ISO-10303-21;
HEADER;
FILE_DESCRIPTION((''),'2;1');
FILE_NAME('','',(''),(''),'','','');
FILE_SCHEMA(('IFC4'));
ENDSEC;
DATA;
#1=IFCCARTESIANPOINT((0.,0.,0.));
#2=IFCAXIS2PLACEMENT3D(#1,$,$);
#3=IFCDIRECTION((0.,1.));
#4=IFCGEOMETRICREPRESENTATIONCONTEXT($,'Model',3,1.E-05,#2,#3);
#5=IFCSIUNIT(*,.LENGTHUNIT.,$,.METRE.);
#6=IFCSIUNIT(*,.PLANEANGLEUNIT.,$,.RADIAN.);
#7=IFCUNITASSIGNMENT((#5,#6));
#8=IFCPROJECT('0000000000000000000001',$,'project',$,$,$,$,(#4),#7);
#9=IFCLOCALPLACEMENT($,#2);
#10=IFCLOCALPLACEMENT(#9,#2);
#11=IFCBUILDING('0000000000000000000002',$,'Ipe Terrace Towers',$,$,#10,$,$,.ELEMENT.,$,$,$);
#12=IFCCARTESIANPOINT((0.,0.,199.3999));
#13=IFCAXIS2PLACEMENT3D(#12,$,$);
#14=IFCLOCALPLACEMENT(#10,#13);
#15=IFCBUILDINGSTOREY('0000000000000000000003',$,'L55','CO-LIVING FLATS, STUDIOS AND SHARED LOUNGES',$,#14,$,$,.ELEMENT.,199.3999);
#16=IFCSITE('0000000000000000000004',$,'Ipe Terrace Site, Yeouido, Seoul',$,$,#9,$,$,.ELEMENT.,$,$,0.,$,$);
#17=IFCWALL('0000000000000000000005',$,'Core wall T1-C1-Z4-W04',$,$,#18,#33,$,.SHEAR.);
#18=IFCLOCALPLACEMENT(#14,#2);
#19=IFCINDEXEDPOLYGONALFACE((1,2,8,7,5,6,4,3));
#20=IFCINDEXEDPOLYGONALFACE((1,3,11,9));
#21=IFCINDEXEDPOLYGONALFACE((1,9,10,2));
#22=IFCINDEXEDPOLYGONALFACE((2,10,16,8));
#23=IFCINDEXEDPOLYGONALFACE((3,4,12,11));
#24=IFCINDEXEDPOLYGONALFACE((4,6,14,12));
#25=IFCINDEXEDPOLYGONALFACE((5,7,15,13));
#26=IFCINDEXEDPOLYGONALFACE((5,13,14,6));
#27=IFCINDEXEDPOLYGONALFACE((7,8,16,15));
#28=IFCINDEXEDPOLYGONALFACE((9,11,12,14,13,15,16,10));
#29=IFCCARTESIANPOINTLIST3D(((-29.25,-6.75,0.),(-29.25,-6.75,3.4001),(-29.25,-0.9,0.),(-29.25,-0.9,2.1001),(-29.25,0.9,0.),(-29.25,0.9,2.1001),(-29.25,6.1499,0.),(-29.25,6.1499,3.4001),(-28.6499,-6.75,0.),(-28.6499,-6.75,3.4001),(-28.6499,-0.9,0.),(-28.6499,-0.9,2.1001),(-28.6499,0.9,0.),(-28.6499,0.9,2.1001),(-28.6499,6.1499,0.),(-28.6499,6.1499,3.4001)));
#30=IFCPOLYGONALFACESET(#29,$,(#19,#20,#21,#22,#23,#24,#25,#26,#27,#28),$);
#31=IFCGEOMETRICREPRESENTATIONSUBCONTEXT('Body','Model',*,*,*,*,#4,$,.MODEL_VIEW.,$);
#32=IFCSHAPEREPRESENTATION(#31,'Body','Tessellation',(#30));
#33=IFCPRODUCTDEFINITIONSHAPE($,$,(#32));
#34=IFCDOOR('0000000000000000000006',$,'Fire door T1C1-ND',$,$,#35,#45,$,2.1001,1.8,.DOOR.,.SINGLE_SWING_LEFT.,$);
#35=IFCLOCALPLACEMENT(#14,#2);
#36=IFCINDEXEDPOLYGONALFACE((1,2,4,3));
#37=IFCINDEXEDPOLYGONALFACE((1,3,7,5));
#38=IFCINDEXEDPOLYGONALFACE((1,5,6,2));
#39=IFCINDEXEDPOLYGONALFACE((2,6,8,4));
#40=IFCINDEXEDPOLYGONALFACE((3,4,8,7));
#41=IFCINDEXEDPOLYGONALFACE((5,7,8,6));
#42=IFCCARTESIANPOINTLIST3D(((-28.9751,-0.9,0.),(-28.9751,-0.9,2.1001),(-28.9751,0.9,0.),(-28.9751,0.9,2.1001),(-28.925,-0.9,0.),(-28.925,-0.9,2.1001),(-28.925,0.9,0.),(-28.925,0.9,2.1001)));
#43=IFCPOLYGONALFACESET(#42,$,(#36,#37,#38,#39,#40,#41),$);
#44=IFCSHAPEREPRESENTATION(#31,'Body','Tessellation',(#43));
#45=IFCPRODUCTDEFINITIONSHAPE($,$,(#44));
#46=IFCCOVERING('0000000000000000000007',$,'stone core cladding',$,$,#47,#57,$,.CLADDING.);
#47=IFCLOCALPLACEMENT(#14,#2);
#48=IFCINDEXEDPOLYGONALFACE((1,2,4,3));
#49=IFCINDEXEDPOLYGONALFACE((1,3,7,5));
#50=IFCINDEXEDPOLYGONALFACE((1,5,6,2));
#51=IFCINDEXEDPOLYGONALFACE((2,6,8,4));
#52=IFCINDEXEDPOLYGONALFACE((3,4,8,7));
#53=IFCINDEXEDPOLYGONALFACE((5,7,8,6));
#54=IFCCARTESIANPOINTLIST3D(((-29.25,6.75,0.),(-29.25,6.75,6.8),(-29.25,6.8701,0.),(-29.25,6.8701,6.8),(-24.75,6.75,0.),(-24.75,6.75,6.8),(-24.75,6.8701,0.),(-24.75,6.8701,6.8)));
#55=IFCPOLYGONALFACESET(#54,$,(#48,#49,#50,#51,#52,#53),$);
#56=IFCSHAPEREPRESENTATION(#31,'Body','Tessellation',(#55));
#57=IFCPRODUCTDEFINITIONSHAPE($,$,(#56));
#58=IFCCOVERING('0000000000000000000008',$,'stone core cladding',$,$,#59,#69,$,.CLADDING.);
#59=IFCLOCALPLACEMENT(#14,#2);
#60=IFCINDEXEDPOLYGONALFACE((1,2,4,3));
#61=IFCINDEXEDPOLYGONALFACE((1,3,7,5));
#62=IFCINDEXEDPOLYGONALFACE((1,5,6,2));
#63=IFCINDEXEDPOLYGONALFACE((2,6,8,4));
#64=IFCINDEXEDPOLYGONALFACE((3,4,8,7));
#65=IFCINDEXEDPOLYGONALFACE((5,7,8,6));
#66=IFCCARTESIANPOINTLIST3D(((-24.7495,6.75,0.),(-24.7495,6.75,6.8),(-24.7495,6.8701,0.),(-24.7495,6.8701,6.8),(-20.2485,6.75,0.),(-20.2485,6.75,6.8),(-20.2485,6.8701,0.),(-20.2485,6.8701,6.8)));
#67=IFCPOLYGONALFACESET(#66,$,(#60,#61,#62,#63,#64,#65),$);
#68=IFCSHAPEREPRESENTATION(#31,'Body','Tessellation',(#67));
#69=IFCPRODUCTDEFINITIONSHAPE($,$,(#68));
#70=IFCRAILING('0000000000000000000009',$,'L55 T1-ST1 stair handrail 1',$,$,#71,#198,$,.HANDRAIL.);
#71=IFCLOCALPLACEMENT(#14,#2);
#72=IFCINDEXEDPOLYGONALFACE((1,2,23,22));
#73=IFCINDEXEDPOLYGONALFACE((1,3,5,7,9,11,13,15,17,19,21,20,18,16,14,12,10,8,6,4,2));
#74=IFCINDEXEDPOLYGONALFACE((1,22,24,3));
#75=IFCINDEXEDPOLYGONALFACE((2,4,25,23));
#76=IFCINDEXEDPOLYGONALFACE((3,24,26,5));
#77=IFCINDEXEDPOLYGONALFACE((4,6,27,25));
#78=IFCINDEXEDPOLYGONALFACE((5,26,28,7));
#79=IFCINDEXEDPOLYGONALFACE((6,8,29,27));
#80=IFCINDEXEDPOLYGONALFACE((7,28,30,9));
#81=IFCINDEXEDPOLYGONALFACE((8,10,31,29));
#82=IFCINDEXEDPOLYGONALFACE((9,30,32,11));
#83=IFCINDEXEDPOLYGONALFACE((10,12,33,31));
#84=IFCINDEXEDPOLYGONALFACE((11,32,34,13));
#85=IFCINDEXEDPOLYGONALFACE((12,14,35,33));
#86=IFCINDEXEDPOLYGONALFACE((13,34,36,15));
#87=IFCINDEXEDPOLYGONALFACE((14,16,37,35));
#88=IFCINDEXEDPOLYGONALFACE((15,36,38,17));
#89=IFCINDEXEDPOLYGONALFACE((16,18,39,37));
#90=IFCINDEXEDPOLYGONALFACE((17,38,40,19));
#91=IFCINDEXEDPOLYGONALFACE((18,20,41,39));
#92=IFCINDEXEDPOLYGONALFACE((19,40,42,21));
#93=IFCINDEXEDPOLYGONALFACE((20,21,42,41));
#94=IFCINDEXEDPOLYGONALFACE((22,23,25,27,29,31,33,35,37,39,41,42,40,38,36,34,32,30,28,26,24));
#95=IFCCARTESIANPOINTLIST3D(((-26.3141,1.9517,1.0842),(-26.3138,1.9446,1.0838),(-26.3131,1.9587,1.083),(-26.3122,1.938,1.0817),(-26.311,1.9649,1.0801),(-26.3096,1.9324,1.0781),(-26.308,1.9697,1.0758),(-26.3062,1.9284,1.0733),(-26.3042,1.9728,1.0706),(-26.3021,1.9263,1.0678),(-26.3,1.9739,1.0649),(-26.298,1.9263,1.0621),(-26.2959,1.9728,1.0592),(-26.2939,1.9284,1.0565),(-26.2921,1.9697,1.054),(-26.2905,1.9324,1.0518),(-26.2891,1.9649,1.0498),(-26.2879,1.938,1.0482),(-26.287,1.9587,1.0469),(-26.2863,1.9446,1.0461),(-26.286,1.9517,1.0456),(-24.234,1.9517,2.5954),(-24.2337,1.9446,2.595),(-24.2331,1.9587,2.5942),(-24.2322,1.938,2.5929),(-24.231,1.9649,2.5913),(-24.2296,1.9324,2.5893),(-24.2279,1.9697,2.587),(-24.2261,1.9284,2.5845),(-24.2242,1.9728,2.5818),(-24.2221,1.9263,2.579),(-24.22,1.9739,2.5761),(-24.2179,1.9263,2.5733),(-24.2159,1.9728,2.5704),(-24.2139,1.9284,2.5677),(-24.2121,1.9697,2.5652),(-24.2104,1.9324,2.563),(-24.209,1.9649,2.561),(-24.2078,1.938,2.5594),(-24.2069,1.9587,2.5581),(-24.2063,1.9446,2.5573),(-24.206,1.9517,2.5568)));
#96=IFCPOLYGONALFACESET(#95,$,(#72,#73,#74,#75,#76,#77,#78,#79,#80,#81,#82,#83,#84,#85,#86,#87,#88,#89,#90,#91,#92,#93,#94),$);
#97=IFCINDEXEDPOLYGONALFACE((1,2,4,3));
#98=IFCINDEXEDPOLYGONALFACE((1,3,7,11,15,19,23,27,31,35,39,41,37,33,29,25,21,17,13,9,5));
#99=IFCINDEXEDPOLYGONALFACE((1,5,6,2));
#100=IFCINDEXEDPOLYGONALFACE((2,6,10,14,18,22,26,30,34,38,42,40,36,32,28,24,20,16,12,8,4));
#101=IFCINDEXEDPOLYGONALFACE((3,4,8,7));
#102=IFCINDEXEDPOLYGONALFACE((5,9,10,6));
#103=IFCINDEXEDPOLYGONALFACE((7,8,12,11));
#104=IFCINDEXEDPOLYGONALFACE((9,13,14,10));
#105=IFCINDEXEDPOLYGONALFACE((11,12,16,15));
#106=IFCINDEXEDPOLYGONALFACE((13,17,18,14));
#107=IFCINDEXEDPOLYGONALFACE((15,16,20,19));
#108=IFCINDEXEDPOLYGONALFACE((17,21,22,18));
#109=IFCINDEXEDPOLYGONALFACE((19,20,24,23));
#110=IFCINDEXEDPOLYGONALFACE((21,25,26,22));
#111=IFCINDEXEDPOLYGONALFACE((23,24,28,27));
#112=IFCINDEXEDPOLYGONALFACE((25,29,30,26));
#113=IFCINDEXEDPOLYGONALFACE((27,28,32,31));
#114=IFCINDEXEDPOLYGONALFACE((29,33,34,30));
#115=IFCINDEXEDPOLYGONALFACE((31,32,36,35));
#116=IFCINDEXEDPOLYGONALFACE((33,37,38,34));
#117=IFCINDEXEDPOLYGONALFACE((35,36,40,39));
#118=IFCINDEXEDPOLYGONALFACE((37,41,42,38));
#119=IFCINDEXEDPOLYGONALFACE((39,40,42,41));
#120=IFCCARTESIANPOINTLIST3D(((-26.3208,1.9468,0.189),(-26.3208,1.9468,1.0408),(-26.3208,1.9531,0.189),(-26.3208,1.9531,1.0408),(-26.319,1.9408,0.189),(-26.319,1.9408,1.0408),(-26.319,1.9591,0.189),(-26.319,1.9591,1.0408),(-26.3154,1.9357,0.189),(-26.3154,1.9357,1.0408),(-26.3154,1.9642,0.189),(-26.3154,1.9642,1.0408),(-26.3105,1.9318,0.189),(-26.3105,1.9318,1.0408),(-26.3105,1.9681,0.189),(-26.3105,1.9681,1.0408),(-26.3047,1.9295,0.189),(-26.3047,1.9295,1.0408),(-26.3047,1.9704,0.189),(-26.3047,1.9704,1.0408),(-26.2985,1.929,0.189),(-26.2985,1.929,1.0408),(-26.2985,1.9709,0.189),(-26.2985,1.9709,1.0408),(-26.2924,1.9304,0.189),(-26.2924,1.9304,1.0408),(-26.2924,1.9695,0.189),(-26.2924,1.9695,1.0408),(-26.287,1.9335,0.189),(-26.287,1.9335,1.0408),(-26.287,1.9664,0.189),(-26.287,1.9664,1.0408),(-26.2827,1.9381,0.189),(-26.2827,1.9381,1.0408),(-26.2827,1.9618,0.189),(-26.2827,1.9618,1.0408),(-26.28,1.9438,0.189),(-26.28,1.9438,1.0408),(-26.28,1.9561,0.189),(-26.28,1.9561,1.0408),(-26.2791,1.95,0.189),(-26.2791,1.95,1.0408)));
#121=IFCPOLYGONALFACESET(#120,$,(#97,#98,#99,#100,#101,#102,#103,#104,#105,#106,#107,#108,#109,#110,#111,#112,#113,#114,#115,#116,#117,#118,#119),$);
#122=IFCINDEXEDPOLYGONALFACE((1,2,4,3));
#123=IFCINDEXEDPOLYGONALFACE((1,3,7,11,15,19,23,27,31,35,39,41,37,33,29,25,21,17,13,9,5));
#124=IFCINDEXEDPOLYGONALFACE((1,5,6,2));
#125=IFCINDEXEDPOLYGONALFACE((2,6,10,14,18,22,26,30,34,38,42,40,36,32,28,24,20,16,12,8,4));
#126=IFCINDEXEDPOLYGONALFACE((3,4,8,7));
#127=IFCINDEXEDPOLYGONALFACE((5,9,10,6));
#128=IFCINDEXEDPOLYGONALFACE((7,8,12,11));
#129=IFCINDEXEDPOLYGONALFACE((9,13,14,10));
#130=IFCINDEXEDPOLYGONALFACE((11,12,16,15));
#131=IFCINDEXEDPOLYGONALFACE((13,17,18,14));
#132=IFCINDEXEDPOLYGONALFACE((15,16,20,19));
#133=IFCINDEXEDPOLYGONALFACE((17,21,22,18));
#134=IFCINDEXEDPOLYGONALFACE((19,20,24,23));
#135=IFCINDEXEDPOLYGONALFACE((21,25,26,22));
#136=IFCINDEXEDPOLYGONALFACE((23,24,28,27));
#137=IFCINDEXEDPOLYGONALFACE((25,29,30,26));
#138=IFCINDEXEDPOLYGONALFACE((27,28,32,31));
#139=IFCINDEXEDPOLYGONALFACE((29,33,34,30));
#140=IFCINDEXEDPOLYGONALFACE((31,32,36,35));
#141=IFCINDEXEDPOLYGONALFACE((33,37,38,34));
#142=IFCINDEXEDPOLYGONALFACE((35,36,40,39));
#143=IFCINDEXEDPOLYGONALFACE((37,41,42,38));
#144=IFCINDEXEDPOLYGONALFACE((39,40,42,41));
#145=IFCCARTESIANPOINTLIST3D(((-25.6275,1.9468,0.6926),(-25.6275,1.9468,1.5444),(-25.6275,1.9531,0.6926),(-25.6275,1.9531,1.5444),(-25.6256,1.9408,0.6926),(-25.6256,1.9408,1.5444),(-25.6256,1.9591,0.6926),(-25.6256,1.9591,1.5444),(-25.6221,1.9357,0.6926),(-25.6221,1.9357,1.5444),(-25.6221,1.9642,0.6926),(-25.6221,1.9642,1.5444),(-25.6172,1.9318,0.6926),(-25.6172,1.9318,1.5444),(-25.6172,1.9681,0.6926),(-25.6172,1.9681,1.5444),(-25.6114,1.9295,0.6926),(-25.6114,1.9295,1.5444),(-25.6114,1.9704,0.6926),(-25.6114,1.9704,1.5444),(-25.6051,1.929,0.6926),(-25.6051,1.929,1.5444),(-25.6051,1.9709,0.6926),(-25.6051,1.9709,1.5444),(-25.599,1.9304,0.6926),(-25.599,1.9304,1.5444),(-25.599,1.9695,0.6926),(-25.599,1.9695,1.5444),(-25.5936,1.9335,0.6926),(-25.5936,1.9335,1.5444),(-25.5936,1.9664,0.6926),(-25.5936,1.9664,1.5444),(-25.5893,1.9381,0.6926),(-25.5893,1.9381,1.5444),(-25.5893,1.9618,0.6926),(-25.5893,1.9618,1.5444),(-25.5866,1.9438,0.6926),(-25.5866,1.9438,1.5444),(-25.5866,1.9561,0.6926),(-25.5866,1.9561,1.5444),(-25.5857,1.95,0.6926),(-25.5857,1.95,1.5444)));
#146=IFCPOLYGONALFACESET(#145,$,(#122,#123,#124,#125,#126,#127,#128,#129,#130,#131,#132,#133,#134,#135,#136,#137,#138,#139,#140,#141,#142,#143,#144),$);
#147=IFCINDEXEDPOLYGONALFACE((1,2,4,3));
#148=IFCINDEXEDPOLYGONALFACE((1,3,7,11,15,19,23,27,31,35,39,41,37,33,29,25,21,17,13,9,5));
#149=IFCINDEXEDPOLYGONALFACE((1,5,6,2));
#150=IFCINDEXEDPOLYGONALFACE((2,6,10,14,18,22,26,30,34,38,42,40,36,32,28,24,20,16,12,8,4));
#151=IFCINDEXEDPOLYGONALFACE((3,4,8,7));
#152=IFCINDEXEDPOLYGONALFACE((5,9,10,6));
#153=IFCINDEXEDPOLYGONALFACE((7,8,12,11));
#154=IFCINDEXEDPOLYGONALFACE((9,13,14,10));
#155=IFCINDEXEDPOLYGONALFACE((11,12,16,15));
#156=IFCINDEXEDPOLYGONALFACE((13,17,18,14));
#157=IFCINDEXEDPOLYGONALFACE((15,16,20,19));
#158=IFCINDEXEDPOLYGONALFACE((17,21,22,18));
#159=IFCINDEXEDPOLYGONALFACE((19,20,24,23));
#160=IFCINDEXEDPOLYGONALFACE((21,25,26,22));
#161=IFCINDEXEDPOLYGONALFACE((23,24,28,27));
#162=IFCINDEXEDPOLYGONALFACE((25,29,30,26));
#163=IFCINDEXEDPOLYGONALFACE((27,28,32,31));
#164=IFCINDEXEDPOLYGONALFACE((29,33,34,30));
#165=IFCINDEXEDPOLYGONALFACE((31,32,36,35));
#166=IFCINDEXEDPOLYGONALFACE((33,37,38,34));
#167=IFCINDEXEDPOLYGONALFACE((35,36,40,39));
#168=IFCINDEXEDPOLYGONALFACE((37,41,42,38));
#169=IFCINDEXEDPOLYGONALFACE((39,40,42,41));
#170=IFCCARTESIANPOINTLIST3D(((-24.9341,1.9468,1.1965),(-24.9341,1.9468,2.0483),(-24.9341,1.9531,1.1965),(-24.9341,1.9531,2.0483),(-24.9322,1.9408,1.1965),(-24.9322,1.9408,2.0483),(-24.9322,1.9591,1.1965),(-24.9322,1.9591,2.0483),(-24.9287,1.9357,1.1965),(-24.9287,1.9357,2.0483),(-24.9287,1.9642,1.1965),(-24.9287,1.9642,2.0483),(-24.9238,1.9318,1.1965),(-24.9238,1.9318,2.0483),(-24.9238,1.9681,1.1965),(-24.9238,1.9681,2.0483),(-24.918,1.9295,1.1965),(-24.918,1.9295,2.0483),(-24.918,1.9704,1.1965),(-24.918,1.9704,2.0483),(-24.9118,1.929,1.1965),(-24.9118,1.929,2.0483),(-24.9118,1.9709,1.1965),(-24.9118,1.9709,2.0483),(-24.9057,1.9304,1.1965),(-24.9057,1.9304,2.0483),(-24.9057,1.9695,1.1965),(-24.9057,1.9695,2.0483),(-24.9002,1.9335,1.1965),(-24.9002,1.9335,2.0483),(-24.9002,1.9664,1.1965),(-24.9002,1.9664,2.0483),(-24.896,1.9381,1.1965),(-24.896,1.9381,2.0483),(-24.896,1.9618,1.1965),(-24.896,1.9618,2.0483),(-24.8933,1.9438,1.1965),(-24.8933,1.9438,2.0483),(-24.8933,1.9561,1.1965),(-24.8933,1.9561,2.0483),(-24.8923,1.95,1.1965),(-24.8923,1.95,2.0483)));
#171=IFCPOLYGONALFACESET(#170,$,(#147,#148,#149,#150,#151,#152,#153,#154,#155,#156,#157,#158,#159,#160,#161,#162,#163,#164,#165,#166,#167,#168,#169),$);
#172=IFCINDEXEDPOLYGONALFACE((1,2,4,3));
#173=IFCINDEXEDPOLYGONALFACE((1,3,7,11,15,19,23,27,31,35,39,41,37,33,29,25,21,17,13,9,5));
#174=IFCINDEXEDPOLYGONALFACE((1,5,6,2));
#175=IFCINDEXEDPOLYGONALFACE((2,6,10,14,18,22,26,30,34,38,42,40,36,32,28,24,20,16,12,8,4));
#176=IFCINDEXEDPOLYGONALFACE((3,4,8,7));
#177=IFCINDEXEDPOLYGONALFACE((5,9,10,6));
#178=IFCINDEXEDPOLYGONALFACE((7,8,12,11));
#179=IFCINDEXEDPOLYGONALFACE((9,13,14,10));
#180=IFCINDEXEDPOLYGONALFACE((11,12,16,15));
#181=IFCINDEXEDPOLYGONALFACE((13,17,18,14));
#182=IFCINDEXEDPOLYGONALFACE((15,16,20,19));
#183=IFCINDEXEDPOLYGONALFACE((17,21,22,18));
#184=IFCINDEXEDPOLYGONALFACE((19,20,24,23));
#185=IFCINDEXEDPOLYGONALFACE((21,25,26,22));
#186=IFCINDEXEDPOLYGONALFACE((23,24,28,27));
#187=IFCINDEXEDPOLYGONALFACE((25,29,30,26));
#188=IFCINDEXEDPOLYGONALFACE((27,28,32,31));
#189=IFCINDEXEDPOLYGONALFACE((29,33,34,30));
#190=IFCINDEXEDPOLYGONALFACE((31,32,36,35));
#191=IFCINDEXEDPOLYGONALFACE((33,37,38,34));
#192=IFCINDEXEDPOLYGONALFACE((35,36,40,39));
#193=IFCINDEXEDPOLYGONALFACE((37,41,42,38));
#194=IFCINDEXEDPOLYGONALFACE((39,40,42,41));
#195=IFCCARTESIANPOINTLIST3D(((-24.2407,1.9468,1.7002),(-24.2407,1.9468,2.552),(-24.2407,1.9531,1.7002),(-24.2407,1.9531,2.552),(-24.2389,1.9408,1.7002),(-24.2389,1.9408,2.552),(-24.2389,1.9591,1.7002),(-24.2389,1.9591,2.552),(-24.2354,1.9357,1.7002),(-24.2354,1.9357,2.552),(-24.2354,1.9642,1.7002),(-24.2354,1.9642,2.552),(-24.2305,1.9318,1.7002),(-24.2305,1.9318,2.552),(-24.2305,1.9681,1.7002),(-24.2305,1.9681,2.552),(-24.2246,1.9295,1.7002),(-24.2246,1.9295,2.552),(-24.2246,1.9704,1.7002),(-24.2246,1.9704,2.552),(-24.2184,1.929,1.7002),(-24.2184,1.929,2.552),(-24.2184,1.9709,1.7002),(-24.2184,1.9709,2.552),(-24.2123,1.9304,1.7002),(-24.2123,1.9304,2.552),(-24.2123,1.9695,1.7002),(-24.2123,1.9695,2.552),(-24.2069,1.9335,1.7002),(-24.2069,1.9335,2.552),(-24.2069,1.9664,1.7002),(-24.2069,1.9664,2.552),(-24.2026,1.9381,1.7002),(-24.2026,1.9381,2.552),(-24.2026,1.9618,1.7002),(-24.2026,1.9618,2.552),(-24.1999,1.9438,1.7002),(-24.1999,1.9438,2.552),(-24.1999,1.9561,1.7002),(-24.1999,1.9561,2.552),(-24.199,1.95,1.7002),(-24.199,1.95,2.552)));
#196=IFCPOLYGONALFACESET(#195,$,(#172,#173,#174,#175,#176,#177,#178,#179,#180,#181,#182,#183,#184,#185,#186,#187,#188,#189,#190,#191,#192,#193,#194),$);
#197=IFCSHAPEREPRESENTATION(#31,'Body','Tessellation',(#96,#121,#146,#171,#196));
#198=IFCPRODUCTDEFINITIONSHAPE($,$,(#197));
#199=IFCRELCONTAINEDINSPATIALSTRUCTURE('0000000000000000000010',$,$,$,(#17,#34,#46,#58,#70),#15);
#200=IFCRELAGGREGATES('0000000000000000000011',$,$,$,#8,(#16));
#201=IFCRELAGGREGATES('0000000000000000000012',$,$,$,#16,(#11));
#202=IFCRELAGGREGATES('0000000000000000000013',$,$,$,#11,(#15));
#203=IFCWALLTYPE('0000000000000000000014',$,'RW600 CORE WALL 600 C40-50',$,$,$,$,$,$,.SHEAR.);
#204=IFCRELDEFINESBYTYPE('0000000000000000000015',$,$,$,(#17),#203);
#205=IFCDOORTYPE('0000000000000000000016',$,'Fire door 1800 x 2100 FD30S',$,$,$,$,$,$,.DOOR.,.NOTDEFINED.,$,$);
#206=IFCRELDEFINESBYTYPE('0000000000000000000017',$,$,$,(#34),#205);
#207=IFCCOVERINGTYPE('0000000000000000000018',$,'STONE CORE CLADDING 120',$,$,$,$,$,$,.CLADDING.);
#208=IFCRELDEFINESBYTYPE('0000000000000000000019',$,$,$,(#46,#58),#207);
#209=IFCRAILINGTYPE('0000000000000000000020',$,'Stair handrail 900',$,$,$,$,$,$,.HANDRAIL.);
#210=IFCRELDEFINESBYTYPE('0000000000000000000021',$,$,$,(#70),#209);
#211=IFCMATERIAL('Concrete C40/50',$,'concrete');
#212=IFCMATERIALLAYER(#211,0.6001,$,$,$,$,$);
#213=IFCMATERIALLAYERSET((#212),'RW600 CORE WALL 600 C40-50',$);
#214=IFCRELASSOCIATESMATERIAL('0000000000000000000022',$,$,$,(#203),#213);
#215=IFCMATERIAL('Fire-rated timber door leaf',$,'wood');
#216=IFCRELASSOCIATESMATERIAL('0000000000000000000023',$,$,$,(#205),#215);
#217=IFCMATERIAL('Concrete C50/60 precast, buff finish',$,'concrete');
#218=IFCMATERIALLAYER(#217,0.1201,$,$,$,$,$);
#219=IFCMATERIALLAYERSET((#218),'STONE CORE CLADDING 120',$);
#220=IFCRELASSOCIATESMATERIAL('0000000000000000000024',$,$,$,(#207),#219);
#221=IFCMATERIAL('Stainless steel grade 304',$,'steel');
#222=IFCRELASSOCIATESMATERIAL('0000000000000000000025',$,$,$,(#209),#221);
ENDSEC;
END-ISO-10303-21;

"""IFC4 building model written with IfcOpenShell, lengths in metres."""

from ifc_helpers import new_model, si_unit, direction, frame, frame_2d, origin, origin_2d, place, context, subcontext, project, spatial, rectangle, circle, extrude, material, layer, layer_set, type_object, element, fill, save


model = new_model("IFC4")

# Units and contexts
model_context = context("Model", 3, precision=1e-05, world=origin(), true_north=direction((0.0, 1.0)))
body_context = subcontext(model_context, "Body", "Model", "MODEL_VIEW")
ifc_project = project(units=[si_unit("LENGTHUNIT", "METRE"), si_unit("PLANEANGLEUNIT", "RADIAN")], contexts=[model_context])

# Site, building, storey
site_placement = place(None, origin())
site = spatial("IfcSite", under=ifc_project, at=site_placement, Name="Ipe Terrace Site, Yeouido, Seoul", CompositionType="ELEMENT", RefElevation=0.0)
building_placement = place(site_placement, origin())
building = spatial("IfcBuilding", under=site, at=building_placement, Name="Ipe Terrace Towers", CompositionType="ELEMENT")
storey_placement = place(building_placement, frame((0.0, 0.0, 199.3999)))
storey = spatial("IfcBuildingStorey", under=building, at=storey_placement, Name="L55", Description="CO-LIVING FLATS, STUDIOS AND SHARED LOUNGES", CompositionType="ELEMENT", Elevation=199.3999)

# Wall, opening, door
ifc_material_1 = material(Name="Concrete C40/50", Category="concrete")
ifc_layer_1 = layer(ifc_material_1, 0.6001)
ifc_layer_set_1 = layer_set([ifc_layer_1], Name="RW600 CORE WALL 600 C40-50")
wall_type_1 = type_object("IfcWallType", Name="RW600 CORE WALL 600 C40-50", PredefinedType="SHEAR", material=ifc_layer_set_1)
wall_1_placement = place(storey_placement, frame((-28.95, 6.1499, 0.0), z_axis=(0.0, 0.0, 1.0), x_axis=(0.0, -1.0, 0.0)))
wall_1 = element("IfcWall", 1, at=wall_1_placement, inside=storey, type_object=wall_type_1, Name="Core wall T1-C1-Z4-W04", PredefinedType="SHEAR", context=body_context, shape_type="SweptSolid", body=[
    extrude(rectangle(XDim=12.8999, YDim=0.6001, at=frame_2d((6.45, 0.0))), origin(), (0.0, 0.0, 1.0), 3.4001),
])
opening_1_placement = place(wall_1_placement, frame((5.25, 0.0, 0.0)))
opening_1 = element("IfcOpeningElement", 2, at=opening_1_placement, cuts=wall_1, PredefinedType="OPENING", context=body_context, shape_type="SweptSolid", body=[
    extrude(rectangle(XDim=1.8, YDim=2.1001, at=frame_2d((0.8999, 1.05))), frame((0.0, 0.3101, 0.0), z_axis=(0.0, -1.0, 0.0), x_axis=(1.0, 0.0, 0.0)), (0.0, 0.0, 1.0), 0.6201),
])
ifc_material_2 = material(Name="Fire-rated timber door leaf", Category="wood")
door_type_1 = type_object("IfcDoorType", Name="Fire door 1800 x 2100 FD30S", OperationType="NOTDEFINED", PredefinedType="DOOR", material=ifc_material_2)
door_1_placement = place(opening_1_placement, origin())
door_1 = element("IfcDoor", 3, at=door_1_placement, inside=storey, type_object=door_type_1, Name="Fire door T1C1-ND", OperationType="SINGLE_SWING_LEFT", OverallHeight=2.1001, OverallWidth=1.8, PredefinedType="DOOR", context=body_context, shape_type="SweptSolid", body=[
    extrude(rectangle(XDim=1.8, YDim=2.1001, at=frame_2d((0.8999, 1.05))), frame((0.0, 0.0249, 0.0), z_axis=(0.0, -1.0, 0.0), x_axis=(1.0, 0.0, 0.0)), (0.0, 0.0, 1.0), 0.05),
])
fill(opening_1, door_1)

# Coverings
ifc_material_3 = material(Name="Concrete C50/60 precast, buff finish", Category="concrete")
ifc_layer_2 = layer(ifc_material_3, 0.1201)
ifc_layer_set_2 = layer_set([ifc_layer_2], Name="STONE CORE CLADDING 120")
covering_type = type_object("IfcCoveringType", Name="STONE CORE CLADDING 120", PredefinedType="CLADDING", material=ifc_layer_set_2)
covering_1_placement = place(storey_placement, frame((-27.0, 6.8101, 0.0), z_axis=(0.0, 0.0, 1.0), x_axis=(-1.0, 0.0, 0.0)))
element("IfcCovering", 4, at=covering_1_placement, inside=storey, type_object=covering_type, Name="stone core cladding", PredefinedType="CLADDING", context=body_context, shape_type="SweptSolid", body=[
    extrude(rectangle(XDim=4.5, YDim=0.1201, at=origin_2d()), origin(), (0.0, 0.0, 1.0), 6.8),
])
covering_2_placement = place(storey_placement, frame((-22.499, 6.8101, 0.0), z_axis=(0.0, 0.0, 1.0), x_axis=(-1.0, 0.0, 0.0)))
element("IfcCovering", 5, at=covering_2_placement, inside=storey, type_object=covering_type, Name="stone core cladding", PredefinedType="CLADDING", context=body_context, shape_type="SweptSolid", body=[
    extrude(rectangle(XDim=4.501, YDim=0.1201, at=origin_2d()), origin(), (0.0, 0.0, 1.0), 6.8),
])

# Railing
ifc_material_4 = material(Name="Stainless steel grade 304", Category="steel")
railing_type_1 = type_object("IfcRailingType", Name="Stair handrail 900", PredefinedType="HANDRAIL", material=ifc_material_4)
railing_1_placement = place(storey_placement, frame((-26.3, 1.95, 0.189)))
element("IfcRailing", 6, at=railing_1_placement, inside=storey, type_object=railing_type_1, Name="L55 T1-ST1 stair handrail 1", PredefinedType="HANDRAIL", context=body_context, shape_type="SweptSolid", body=[
    extrude(circle(Radius=0.0239, at=origin_2d()), frame((0.0, 0.0, 0.876), z_axis=(0.809023, 0.0, 0.587776), x_axis=(0.0, 1.0, 0.0)), (0.0, 0.0, 1.0), 2.571),
    extrude(circle(Radius=0.021, at=origin_2d()), origin(), (0.0, 0.0, 1.0), 0.8518),
    extrude(circle(Radius=0.021, at=origin_2d()), frame((0.6934, 0.0, 0.5037)), (0.0, 0.0, 1.0), 0.8518),
    extrude(circle(Radius=0.021, at=origin_2d()), frame((1.3867, 0.0, 1.0076)), (0.0, 0.0, 1.0), 0.8518),
    extrude(circle(Radius=0.021, at=origin_2d()), frame((2.0801, 0.0, 1.5112)), (0.0, 0.0, 1.0), 0.8518),
])

save(model, "model.ifc")
